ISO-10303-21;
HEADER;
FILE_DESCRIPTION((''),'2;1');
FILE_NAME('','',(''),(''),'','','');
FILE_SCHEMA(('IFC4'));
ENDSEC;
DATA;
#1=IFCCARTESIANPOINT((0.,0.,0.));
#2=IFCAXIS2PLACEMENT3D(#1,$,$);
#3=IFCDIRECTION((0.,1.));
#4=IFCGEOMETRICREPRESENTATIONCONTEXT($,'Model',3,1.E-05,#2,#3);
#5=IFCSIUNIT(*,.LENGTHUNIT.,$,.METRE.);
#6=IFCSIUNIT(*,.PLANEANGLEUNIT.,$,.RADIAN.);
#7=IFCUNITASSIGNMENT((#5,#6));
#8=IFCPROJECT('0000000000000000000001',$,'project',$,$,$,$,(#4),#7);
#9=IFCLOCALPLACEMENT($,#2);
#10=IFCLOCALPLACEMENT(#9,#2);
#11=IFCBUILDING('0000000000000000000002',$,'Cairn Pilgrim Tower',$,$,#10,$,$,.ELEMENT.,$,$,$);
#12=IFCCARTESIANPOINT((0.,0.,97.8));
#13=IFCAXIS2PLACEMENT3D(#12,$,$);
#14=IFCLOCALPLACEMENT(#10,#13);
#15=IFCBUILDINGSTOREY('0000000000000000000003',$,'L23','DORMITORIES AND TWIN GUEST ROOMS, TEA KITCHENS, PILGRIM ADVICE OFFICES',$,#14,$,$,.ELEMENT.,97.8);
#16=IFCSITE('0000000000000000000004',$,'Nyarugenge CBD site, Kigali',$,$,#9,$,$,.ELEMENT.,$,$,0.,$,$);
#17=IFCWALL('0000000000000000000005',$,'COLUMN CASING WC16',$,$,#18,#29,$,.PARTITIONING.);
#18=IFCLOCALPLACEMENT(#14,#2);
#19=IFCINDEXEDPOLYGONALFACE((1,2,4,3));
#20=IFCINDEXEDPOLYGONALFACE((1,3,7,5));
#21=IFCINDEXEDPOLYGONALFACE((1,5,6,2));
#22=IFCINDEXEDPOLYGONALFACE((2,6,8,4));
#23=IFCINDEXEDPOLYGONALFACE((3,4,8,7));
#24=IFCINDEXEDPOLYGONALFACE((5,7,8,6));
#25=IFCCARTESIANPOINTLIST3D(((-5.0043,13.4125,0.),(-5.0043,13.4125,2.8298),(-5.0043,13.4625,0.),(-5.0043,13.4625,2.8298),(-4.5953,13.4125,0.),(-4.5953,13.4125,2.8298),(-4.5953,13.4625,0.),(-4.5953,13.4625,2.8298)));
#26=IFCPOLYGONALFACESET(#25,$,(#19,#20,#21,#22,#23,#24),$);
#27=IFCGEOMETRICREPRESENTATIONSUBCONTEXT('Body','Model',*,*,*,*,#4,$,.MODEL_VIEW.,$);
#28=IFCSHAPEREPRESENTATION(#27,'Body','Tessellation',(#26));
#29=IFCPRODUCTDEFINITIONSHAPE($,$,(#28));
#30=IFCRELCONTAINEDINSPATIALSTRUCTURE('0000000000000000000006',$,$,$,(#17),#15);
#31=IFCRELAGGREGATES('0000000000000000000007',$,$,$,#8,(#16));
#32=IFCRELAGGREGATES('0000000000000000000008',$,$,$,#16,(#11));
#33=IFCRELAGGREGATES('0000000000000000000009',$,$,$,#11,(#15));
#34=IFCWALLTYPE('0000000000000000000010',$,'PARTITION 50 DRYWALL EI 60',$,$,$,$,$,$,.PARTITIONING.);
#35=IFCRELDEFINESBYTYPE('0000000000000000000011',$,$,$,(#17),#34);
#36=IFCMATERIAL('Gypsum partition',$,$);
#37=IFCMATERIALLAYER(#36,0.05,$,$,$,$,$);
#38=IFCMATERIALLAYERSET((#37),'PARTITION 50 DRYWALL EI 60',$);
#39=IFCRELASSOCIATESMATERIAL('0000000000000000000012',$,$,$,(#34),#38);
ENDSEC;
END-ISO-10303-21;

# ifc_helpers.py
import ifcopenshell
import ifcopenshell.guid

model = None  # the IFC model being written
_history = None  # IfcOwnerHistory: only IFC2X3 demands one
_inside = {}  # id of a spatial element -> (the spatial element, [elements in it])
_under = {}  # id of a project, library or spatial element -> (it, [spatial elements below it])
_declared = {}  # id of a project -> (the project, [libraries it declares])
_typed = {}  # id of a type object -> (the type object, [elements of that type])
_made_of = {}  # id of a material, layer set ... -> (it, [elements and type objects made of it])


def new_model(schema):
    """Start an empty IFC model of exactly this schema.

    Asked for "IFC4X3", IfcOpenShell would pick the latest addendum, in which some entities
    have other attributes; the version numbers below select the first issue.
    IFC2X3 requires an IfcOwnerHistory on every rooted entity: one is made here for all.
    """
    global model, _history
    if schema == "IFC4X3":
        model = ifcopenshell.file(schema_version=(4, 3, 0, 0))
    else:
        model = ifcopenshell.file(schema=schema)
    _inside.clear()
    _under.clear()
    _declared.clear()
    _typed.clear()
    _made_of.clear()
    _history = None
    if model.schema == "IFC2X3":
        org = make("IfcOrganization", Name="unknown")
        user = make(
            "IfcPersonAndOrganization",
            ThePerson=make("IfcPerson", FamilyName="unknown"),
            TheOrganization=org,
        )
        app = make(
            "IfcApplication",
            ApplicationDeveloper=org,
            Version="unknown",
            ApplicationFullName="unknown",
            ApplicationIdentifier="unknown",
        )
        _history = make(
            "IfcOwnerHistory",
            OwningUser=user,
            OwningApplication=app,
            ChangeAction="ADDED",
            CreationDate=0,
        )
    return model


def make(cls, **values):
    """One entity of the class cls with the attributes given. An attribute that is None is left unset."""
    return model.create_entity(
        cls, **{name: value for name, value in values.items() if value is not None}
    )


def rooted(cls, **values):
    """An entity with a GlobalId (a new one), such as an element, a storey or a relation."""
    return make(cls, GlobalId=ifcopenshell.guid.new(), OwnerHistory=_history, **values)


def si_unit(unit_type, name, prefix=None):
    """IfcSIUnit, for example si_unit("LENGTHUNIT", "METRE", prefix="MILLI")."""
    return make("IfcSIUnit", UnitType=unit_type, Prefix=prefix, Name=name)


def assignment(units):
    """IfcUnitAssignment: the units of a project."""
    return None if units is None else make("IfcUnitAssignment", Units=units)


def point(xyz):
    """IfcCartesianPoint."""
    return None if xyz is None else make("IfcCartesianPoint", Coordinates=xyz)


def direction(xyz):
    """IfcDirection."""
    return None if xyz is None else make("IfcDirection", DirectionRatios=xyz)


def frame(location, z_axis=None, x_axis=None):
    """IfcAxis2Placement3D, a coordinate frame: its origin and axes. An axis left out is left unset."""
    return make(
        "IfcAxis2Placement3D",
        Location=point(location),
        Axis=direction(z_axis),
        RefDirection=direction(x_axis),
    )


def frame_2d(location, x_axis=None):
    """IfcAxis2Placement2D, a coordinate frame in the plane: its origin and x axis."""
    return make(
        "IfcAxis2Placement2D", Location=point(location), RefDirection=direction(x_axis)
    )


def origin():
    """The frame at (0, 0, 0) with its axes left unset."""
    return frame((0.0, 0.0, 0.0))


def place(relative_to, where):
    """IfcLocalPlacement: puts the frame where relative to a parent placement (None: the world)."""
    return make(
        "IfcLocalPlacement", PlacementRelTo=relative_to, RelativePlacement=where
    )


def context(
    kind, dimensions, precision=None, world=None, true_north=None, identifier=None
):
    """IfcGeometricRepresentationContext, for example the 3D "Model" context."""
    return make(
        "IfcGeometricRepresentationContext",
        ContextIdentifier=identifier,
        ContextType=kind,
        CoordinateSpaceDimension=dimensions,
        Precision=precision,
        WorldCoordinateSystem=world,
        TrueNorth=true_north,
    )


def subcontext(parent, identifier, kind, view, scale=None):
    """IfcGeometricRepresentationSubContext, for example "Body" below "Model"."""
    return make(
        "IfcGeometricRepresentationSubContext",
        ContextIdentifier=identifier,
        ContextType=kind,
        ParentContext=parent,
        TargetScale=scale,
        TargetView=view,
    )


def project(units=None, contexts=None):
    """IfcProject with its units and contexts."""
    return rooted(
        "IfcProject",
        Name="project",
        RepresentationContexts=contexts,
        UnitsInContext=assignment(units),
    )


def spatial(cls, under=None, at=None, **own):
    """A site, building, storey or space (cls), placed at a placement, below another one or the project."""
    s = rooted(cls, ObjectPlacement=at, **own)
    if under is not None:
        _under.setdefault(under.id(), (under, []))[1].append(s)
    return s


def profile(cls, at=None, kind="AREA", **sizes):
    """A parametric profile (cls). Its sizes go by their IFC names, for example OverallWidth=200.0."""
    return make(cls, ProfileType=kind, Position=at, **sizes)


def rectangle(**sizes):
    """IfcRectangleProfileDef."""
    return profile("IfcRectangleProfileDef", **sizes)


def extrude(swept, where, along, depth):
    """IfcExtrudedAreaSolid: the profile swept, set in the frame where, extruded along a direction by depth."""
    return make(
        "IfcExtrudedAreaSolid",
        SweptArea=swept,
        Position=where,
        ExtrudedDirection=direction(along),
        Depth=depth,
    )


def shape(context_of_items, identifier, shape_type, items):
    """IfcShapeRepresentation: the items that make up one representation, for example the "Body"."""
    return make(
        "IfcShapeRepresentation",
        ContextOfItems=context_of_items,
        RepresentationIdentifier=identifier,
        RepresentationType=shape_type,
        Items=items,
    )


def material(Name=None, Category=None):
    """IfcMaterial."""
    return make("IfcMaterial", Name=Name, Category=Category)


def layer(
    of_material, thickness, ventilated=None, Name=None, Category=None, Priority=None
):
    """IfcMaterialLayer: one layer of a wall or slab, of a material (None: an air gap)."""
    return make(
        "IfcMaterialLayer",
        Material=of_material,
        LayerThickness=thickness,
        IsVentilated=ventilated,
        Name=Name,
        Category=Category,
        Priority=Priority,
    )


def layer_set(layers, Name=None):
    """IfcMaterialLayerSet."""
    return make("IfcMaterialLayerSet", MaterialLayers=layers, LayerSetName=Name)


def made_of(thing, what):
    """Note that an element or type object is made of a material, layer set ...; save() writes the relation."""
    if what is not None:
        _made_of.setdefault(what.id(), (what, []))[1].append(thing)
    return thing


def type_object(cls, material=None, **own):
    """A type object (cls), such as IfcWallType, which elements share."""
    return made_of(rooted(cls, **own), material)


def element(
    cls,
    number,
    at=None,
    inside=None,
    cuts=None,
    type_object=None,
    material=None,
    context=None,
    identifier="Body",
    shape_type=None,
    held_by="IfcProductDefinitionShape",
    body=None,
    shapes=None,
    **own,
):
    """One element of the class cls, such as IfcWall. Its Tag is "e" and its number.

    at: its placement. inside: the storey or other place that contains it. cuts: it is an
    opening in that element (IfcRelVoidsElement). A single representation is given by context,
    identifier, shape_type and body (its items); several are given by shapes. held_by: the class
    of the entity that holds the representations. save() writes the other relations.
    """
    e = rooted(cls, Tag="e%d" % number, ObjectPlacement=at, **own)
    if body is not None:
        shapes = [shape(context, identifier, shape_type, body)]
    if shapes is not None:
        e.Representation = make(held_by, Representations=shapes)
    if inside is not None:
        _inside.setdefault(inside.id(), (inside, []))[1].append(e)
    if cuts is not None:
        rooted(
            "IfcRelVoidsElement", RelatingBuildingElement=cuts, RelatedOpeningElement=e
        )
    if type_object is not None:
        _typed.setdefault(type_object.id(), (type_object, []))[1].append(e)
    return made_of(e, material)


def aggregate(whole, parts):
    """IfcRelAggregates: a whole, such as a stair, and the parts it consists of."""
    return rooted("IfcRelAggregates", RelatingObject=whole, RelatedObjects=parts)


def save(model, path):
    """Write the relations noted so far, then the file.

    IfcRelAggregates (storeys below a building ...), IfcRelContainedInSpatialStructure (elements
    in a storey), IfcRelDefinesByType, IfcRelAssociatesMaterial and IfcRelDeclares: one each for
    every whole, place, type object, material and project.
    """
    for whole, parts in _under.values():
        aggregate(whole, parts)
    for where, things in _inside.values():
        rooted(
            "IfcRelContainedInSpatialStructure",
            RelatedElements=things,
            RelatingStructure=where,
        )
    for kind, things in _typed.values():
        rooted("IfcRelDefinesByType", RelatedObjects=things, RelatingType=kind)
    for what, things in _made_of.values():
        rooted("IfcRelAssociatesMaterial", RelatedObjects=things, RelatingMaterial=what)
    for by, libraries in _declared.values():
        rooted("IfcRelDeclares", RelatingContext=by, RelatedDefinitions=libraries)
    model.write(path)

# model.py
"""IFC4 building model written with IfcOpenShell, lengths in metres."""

from ifc_helpers import new_model, si_unit, direction, frame, frame_2d, origin, place, context, subcontext, project, spatial, rectangle, extrude, material, layer, layer_set, type_object, element, save


model = new_model("IFC4")

# Units and contexts
model_context = context("Model", 3, precision=1e-05, world=origin(), true_north=direction((0.0, 1.0)))
body_context = subcontext(model_context, "Body", "Model", "MODEL_VIEW")
ifc_project = project(units=[si_unit("LENGTHUNIT", "METRE"), si_unit("PLANEANGLEUNIT", "RADIAN")], contexts=[model_context])

# Site, building, storey
site_placement = place(None, origin())
site = spatial("IfcSite", under=ifc_project, at=site_placement, Name="Nyarugenge CBD site, Kigali", CompositionType="ELEMENT", RefElevation=0.0)
building_placement = place(site_placement, origin())
building = spatial("IfcBuilding", under=site, at=building_placement, Name="Cairn Pilgrim Tower", CompositionType="ELEMENT")
storey_placement = place(building_placement, frame((0.0, 0.0, 97.8)))
storey = spatial("IfcBuildingStorey", under=building, at=storey_placement, Name="L23", Description="DORMITORIES AND TWIN GUEST ROOMS, TEA KITCHENS, PILGRIM ADVICE OFFICES", CompositionType="ELEMENT", Elevation=97.8)

# Shared definitions
ifc_material_1 = material(Name="Gypsum partition")

# Wall
ifc_layer_1 = layer(ifc_material_1, 0.05)
ifc_layer_set_1 = layer_set([ifc_layer_1], Name="PARTITION 50 DRYWALL EI 60")
wall_type_1 = type_object("IfcWallType", Name="PARTITION 50 DRYWALL EI 60", PredefinedType="PARTITIONING", material=ifc_layer_set_1)
wall_1_placement = place(storey_placement, frame((-5.0044, 13.4375, 0.0), z_axis=(0.0, 0.0, 1.0), x_axis=(1.0, 0.0, 0.0)))
element("IfcWall", 1, at=wall_1_placement, inside=storey, type_object=wall_type_1, Name="COLUMN CASING WC16", PredefinedType="PARTITIONING", context=body_context, shape_type="SweptSolid", body=[
    extrude(rectangle(XDim=0.4089, YDim=0.05, at=frame_2d((0.2046, 0.0))), origin(), (0.0, 0.0, 1.0), 2.8298),
])

save(model, "model.ifc")
